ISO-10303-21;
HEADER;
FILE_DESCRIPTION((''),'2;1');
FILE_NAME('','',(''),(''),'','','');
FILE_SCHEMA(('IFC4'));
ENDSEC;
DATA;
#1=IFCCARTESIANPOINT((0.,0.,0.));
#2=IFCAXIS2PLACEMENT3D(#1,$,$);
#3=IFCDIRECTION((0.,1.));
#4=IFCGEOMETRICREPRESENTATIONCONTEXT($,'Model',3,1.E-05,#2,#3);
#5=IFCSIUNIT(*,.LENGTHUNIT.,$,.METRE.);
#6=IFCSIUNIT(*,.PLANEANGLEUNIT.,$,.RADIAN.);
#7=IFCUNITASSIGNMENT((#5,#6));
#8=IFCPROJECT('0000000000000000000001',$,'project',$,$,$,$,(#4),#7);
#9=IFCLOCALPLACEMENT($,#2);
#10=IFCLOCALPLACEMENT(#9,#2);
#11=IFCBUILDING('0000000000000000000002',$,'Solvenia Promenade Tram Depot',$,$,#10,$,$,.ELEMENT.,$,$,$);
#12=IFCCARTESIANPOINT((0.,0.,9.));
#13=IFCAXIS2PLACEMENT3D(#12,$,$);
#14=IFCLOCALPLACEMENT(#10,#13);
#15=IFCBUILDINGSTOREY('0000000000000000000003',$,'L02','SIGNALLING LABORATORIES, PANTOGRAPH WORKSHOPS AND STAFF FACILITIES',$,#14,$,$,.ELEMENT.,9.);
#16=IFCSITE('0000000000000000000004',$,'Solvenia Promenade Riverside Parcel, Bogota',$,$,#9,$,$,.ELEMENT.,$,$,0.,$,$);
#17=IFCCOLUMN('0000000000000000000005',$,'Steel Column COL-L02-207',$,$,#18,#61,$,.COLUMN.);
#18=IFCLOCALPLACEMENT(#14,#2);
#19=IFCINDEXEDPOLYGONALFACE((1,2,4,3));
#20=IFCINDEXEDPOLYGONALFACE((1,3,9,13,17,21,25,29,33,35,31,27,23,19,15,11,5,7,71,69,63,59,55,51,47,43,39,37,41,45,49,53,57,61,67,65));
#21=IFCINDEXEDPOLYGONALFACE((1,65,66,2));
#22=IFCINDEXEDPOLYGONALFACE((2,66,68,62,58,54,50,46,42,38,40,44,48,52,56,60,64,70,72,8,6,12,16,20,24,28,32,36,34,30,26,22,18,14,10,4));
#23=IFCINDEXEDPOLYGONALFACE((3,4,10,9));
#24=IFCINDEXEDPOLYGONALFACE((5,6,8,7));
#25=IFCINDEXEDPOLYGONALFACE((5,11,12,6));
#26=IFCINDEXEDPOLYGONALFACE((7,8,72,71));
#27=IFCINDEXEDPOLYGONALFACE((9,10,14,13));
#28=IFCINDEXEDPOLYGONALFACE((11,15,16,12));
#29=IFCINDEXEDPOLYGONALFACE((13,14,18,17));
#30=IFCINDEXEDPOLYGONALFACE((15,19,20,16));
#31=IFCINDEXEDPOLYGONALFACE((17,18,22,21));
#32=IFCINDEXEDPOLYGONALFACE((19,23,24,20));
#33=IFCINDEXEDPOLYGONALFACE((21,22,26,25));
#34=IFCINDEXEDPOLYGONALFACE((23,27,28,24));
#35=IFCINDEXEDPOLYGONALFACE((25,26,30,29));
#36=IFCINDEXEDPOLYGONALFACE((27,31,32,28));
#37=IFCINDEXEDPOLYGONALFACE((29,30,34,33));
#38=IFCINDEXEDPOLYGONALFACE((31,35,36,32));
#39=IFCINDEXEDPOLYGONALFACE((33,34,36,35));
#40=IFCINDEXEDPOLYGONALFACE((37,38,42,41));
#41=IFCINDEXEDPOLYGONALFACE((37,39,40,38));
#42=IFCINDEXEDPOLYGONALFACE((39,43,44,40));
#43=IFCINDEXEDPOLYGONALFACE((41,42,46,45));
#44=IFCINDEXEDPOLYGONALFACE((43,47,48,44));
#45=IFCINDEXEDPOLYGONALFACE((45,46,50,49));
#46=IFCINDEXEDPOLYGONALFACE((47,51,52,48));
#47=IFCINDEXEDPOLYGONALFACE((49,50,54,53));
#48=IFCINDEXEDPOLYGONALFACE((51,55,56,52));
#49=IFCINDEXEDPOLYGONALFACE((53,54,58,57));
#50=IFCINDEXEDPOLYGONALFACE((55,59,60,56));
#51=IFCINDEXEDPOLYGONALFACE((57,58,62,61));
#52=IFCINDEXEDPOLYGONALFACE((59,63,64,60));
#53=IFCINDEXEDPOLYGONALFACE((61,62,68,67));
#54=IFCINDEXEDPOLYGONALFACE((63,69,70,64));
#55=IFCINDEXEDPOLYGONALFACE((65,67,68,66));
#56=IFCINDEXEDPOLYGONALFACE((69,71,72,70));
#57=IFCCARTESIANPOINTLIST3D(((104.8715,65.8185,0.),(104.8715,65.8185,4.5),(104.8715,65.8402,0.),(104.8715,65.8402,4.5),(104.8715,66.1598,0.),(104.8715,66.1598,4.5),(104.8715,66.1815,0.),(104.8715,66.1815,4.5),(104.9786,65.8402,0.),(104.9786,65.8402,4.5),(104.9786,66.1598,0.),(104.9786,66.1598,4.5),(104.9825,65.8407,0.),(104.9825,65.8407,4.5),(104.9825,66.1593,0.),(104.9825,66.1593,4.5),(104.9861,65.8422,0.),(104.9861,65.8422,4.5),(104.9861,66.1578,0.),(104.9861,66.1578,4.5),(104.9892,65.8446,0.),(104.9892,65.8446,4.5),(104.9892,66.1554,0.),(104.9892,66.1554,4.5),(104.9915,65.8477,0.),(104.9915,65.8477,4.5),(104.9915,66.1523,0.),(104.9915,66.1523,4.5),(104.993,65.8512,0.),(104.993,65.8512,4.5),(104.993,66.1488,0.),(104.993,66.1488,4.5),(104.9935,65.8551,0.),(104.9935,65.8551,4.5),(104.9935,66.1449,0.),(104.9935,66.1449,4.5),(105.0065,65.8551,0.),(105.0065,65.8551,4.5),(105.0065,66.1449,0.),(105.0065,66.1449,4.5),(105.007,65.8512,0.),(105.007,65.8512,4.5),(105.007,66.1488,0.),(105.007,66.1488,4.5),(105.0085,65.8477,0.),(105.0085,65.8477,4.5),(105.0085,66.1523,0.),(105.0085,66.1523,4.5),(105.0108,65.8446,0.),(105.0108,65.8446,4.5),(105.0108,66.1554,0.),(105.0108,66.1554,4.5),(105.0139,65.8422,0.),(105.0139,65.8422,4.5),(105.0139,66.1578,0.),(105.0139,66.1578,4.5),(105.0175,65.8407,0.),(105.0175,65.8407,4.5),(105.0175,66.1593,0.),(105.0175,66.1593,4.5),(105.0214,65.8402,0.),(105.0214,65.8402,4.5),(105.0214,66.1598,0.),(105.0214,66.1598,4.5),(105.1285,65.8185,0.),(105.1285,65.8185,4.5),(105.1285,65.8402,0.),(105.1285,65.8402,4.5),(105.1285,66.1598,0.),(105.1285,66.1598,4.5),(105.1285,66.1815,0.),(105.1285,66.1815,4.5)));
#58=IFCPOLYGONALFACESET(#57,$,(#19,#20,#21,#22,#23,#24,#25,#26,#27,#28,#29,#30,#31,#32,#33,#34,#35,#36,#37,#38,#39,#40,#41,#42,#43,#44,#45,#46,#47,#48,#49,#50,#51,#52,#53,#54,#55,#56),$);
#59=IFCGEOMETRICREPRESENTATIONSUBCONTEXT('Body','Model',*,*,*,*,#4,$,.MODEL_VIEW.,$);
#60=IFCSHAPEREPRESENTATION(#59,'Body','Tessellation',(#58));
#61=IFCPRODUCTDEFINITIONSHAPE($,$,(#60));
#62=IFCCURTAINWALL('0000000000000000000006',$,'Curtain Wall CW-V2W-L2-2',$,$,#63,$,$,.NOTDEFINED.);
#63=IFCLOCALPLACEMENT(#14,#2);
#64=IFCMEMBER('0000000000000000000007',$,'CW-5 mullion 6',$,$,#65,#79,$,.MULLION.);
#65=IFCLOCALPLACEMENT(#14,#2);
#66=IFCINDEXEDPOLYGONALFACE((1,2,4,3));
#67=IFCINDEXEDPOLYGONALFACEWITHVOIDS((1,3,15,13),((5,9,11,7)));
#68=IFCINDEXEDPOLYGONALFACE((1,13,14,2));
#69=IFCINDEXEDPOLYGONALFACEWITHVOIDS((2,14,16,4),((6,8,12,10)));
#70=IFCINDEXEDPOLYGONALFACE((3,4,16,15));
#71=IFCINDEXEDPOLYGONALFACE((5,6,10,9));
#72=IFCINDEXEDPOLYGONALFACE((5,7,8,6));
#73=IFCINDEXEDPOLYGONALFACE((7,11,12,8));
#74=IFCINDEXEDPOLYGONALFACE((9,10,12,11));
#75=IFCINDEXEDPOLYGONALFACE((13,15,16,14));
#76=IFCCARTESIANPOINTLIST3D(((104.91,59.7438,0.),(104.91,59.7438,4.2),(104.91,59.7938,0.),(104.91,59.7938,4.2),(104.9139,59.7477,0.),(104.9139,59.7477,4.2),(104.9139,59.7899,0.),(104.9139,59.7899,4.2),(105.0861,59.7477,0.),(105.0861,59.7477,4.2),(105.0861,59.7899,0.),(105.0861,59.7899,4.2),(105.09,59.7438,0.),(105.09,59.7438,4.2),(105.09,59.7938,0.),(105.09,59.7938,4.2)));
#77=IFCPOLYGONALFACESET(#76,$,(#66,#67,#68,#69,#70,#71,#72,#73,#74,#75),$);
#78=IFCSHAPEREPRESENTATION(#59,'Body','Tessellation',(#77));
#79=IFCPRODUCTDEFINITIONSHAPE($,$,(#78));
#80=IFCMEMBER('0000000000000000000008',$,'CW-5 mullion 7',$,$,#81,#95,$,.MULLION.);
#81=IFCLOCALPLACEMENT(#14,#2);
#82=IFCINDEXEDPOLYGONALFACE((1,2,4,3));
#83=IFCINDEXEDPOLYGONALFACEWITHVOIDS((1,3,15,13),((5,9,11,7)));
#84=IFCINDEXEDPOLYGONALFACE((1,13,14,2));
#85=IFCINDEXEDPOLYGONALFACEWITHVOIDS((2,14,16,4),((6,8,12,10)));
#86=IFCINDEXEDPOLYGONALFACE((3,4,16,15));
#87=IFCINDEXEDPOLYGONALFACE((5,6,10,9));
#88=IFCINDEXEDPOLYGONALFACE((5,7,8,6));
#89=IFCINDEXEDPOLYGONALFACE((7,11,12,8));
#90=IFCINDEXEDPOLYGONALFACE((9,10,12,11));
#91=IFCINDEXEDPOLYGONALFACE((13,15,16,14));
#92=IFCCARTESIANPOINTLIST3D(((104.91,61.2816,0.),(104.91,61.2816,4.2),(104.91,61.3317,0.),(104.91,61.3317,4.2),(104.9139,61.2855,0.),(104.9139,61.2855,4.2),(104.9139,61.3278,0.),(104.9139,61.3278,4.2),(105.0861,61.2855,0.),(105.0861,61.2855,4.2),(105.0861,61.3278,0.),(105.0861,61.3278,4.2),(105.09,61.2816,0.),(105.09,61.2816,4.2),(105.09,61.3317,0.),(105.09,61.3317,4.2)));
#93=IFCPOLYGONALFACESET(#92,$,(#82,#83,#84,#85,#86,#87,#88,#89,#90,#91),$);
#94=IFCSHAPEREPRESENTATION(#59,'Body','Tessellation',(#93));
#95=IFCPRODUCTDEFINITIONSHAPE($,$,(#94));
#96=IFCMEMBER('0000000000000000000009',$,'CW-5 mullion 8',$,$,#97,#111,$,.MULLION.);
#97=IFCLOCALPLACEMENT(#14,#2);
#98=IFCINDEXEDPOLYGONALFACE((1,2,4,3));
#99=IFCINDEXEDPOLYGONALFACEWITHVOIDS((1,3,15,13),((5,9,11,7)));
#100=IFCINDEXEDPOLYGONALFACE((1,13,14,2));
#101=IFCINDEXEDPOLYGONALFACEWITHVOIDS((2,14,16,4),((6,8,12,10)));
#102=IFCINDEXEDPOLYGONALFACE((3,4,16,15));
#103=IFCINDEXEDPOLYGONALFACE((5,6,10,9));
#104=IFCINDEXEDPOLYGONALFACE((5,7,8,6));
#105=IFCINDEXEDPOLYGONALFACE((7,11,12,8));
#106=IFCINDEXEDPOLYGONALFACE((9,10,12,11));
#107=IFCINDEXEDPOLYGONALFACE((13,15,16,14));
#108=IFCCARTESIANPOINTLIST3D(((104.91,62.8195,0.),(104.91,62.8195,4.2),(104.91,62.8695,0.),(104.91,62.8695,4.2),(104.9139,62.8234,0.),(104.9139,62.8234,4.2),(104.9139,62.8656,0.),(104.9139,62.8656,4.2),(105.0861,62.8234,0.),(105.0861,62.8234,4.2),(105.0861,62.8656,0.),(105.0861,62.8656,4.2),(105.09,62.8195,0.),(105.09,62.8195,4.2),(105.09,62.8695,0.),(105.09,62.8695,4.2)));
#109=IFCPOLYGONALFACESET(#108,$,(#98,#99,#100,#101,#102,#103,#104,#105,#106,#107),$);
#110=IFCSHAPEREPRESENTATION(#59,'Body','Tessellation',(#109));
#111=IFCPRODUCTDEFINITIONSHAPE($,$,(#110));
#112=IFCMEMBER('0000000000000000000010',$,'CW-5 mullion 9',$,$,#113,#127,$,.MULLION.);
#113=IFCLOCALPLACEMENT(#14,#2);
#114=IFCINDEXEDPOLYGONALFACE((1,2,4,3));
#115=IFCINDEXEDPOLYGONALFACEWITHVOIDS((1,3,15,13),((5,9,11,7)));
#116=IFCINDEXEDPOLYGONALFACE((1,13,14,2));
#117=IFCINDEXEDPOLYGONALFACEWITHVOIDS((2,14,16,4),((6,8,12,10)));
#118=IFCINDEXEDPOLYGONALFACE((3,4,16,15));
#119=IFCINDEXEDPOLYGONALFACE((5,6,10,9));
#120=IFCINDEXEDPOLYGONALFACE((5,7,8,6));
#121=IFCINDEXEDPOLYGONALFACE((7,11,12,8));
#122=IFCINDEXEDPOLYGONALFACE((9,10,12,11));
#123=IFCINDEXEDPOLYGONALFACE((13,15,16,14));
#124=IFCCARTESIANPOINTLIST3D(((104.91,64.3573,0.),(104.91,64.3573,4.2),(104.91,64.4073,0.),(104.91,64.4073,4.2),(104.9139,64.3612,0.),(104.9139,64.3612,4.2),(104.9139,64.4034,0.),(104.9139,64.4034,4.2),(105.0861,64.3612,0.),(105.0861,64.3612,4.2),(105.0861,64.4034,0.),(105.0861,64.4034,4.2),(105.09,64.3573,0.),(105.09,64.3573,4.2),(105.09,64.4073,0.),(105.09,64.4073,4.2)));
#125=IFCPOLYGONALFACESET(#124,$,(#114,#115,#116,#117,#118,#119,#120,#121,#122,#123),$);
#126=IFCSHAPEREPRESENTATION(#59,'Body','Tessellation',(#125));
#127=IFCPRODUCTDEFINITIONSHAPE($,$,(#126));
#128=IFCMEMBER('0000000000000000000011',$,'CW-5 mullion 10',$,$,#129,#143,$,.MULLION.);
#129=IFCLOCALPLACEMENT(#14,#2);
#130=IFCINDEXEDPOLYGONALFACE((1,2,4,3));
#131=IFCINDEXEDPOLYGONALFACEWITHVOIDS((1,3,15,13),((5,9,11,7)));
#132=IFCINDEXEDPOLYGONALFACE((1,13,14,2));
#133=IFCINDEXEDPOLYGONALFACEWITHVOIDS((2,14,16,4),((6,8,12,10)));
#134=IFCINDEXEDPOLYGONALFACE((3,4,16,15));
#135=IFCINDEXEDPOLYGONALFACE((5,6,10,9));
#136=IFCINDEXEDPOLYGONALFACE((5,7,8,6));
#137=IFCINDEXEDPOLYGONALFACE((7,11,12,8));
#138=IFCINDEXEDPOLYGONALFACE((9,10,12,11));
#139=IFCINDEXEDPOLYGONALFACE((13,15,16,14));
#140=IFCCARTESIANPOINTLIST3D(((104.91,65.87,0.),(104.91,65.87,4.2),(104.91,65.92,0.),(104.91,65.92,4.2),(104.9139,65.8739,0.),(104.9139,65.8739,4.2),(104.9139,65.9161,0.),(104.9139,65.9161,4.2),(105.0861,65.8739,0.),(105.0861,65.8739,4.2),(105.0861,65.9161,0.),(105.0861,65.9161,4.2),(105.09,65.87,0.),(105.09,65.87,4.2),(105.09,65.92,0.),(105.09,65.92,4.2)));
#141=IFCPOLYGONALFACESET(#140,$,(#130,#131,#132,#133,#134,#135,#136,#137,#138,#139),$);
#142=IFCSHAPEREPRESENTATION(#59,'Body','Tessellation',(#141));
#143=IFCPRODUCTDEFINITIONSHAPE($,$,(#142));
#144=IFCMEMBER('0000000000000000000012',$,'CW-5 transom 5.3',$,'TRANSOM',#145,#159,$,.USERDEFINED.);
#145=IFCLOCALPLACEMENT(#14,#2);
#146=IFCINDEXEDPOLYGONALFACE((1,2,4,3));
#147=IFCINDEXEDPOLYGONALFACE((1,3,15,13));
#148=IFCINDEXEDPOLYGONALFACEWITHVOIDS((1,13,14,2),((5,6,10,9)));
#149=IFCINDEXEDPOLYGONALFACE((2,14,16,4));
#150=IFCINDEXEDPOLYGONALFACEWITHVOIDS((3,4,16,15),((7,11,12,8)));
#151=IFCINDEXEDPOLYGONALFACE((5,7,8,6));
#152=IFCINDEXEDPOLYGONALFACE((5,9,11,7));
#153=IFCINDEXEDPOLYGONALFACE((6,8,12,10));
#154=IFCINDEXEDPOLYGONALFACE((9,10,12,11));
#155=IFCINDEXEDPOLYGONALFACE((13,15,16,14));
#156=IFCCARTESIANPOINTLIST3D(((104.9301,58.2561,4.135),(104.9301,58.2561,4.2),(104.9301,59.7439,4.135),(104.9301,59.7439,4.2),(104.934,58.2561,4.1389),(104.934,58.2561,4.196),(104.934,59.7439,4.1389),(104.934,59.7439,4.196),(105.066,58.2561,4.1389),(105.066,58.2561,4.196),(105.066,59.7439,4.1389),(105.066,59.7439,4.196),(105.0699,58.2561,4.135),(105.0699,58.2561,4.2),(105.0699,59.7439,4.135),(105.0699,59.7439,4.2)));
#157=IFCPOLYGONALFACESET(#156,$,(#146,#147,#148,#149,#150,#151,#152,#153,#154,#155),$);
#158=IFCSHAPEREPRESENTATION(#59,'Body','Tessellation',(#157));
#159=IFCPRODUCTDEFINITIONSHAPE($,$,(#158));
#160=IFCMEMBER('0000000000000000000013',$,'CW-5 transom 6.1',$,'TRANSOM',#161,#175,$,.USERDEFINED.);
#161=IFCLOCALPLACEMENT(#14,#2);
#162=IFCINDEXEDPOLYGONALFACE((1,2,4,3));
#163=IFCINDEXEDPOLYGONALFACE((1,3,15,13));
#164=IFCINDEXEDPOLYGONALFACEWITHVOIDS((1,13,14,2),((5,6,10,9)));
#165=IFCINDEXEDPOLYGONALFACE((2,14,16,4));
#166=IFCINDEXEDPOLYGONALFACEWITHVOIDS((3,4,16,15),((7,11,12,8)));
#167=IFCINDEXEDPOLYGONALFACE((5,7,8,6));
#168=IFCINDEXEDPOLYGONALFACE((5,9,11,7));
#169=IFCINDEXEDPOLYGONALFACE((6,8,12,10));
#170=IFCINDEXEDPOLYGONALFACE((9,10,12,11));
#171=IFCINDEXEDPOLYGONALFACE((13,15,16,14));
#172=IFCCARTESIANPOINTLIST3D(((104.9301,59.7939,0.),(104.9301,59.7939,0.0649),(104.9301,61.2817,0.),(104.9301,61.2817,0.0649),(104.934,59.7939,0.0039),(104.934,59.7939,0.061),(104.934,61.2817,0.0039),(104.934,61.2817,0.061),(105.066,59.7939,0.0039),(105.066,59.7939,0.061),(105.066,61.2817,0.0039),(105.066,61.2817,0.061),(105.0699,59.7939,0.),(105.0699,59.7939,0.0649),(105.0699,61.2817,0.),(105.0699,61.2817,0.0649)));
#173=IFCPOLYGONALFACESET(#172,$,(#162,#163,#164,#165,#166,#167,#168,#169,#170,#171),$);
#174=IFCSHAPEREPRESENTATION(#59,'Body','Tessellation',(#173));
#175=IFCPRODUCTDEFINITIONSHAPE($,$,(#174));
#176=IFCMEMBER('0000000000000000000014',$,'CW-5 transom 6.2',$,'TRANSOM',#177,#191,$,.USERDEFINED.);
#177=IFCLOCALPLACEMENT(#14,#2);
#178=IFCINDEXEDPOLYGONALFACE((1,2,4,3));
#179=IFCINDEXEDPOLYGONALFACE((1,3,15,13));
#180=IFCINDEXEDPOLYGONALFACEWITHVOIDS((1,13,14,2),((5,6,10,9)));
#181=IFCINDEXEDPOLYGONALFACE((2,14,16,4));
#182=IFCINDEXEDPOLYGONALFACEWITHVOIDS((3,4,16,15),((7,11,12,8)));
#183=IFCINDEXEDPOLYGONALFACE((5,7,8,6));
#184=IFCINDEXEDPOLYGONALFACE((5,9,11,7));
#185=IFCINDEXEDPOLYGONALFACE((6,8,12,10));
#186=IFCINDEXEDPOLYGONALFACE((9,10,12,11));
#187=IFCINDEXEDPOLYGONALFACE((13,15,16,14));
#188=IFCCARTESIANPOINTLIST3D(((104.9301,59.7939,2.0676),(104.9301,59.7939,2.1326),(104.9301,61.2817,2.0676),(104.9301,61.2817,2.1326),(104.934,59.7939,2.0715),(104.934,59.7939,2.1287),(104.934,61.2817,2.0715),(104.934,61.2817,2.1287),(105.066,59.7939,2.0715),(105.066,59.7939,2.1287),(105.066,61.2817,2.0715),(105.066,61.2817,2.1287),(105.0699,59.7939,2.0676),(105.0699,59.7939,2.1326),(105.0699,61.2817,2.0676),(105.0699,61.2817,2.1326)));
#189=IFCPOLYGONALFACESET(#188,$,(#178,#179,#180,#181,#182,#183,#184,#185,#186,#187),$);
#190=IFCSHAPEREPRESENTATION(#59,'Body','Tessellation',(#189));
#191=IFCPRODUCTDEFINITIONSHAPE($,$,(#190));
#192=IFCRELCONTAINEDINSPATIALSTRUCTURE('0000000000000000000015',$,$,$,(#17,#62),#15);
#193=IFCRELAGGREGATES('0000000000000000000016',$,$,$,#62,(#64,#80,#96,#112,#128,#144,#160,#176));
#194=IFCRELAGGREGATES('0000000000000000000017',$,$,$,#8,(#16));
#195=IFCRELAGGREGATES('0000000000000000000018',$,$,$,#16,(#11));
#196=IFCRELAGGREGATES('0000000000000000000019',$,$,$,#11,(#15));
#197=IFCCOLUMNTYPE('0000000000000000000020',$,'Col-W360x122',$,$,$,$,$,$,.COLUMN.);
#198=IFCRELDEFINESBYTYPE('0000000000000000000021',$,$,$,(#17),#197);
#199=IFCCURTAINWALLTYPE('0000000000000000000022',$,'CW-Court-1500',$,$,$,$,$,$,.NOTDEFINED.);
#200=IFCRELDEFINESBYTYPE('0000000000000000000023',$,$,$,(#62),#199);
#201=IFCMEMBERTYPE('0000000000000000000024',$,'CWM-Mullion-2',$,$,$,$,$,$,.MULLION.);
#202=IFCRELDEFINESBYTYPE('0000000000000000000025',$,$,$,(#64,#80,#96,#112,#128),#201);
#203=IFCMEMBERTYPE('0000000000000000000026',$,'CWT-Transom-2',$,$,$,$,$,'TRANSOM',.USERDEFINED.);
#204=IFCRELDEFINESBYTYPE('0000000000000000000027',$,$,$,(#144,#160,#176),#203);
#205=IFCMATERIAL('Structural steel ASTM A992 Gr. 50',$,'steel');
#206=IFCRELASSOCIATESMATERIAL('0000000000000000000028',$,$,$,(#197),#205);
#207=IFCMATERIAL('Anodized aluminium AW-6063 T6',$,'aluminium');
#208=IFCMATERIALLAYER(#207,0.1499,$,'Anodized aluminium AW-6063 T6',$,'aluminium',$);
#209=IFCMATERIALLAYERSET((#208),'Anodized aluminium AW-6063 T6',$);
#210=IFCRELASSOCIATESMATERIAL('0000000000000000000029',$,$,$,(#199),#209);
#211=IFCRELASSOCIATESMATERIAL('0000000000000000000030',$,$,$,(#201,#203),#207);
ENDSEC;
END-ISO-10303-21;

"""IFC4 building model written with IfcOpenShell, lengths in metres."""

from ifc_helpers import new_model, si_unit, direction, frame, origin, origin_2d, place, context, subcontext, project, spatial, hollow_rectangle, i_section, extrude, material, layer, layer_set, material_profile, profile_set, type_object, element, aggregate, save


model = new_model("IFC4")

# Units and contexts
model_context = context("Model", 3, precision=1e-05, world=origin(), true_north=direction((0.0, 1.0)))
body_context = subcontext(model_context, "Body", "Model", "MODEL_VIEW")
ifc_project = project(units=[si_unit("LENGTHUNIT", "METRE"), si_unit("PLANEANGLEUNIT", "RADIAN")], contexts=[model_context])

# Site, building, storey
site_placement = place(None, origin())
site = spatial("IfcSite", under=ifc_project, at=site_placement, Name="Solvenia Promenade Riverside Parcel, Bogota", CompositionType="ELEMENT", RefElevation=0.0)
building_placement = place(site_placement, origin())
building = spatial("IfcBuilding", under=site, at=building_placement, Name="Solvenia Promenade Tram Depot", CompositionType="ELEMENT")
storey_placement = place(building_placement, frame((0.0, 0.0, 9.0)))
storey = spatial("IfcBuildingStorey", under=building, at=storey_placement, Name="L02", Description="SIGNALLING LABORATORIES, PANTOGRAPH WORKSHOPS AND STAFF FACILITIES", CompositionType="ELEMENT", Elevation=9.0)

# Column
ifc_material_1 = material(Name="Structural steel ASTM A992 Gr. 50", Category="steel")
ifc_material_profile_1 = material_profile(ifc_material_1, i_section(OverallWidth=0.2571, OverallDepth=0.363, WebThickness=0.0129, FlangeThickness=0.0217, FilletRadius=0.0149, at=origin_2d()), Name="W360x122", Category="steel")
ifc_profile_set_1 = profile_set([ifc_material_profile_1], Name="Structural steel ASTM A992 Gr. 50")
column_type = type_object("IfcColumnType", Name="Col-W360x122", PredefinedType="COLUMN", material=ifc_profile_set_1)
column_placement = place(storey_placement, frame((105.0, 66.0, 0.0), z_axis=(0.0, 0.0, 1.0), x_axis=(1.0, 0.0, 0.0)))
element("IfcColumn", 1, at=column_placement, inside=storey, type_object=column_type, Name="Steel Column COL-L02-207", PredefinedType="COLUMN", context=body_context, shape_type="SweptSolid", body=[
    extrude(i_section(OverallWidth=0.2571, OverallDepth=0.363, WebThickness=0.0129, FlangeThickness=0.0217, FilletRadius=0.0149, at=origin_2d()), origin(), (0.0, 0.0, 1.0), 4.5),
])

# Curtain wall, members
ifc_material_2 = material(Name="Anodized aluminium AW-6063 T6", Category="aluminium")
ifc_layer_1 = layer(ifc_material_2, 0.1499, Name="Anodized aluminium AW-6063 T6", Category="aluminium")
ifc_layer_set_1 = layer_set([ifc_layer_1], Name="Anodized aluminium AW-6063 T6")
curtain_wall_type = type_object("IfcCurtainWallType", Name="CW-Court-1500", PredefinedType="NOTDEFINED", material=ifc_layer_set_1)
curtain_wall_placement = place(storey_placement, origin())
curtain_wall = element("IfcCurtainWall", 2, at=curtain_wall_placement, inside=storey, type_object=curtain_wall_type, Name="Curtain Wall CW-V2W-L2-2", PredefinedType="NOTDEFINED")
ifc_material_profile_2 = material_profile(ifc_material_2, hollow_rectangle(XDim=0.1799, YDim=0.05, WallThickness=0.0039, at=origin_2d()), Name="ALU-M2", Category="aluminium")
ifc_profile_set_2 = profile_set([ifc_material_profile_2], Name="Anodized aluminium AW-6063 T6")
member_type_1 = type_object("IfcMemberType", Name="CWM-Mullion-2", PredefinedType="MULLION", material=ifc_profile_set_2)
member_1_placement = place(storey_placement, frame((105.0, 59.7688, 0.0), z_axis=(0.0, 0.0, 1.0), x_axis=(-1.0, 0.0, 0.0)))
member_1 = element("IfcMember", 3, at=member_1_placement, type_object=member_type_1, Name="CW-5 mullion 6", PredefinedType="MULLION", context=body_context, shape_type="SweptSolid", body=[
    extrude(hollow_rectangle(XDim=0.1799, YDim=0.05, WallThickness=0.0039, at=origin_2d()), origin(), (0.0, 0.0, 1.0), 4.2),
])
member_2_placement = place(storey_placement, frame((105.0, 61.3066, 0.0), z_axis=(0.0, 0.0, 1.0), x_axis=(-1.0, 0.0, 0.0)))
member_2 = element("IfcMember", 4, at=member_2_placement, type_object=member_type_1, Name="CW-5 mullion 7", PredefinedType="MULLION", context=body_context, shape_type="SweptSolid", body=[
    extrude(hollow_rectangle(XDim=0.1799, YDim=0.05, WallThickness=0.0039, at=origin_2d()), origin(), (0.0, 0.0, 1.0), 4.2),
])
member_3_placement = place(storey_placement, frame((105.0, 62.8445, 0.0), z_axis=(0.0, 0.0, 1.0), x_axis=(-1.0, 0.0, 0.0)))
member_3 = element("IfcMember", 5, at=member_3_placement, type_object=member_type_1, Name="CW-5 mullion 8", PredefinedType="MULLION", context=body_context, shape_type="SweptSolid", body=[
    extrude(hollow_rectangle(XDim=0.1799, YDim=0.05, WallThickness=0.0039, at=origin_2d()), origin(), (0.0, 0.0, 1.0), 4.2),
])
member_4_placement = place(storey_placement, frame((105.0, 64.3823, 0.0), z_axis=(0.0, 0.0, 1.0), x_axis=(-1.0, 0.0, 0.0)))
member_4 = element("IfcMember", 6, at=member_4_placement, type_object=member_type_1, Name="CW-5 mullion 9", PredefinedType="MULLION", context=body_context, shape_type="SweptSolid", body=[
    extrude(hollow_rectangle(XDim=0.1799, YDim=0.05, WallThickness=0.0039, at=origin_2d()), origin(), (0.0, 0.0, 1.0), 4.2),
])
member_5_placement = place(storey_placement, frame((105.0, 65.895, 0.0), z_axis=(0.0, 0.0, 1.0), x_axis=(-1.0, 0.0, 0.0)))
member_5 = element("IfcMember", 7, at=member_5_placement, type_object=member_type_1, Name="CW-5 mullion 10", PredefinedType="MULLION", context=body_context, shape_type="SweptSolid", body=[
    extrude(hollow_rectangle(XDim=0.1799, YDim=0.05, WallThickness=0.0039, at=origin_2d()), origin(), (0.0, 0.0, 1.0), 4.2),
])
ifc_material_profile_3 = material_profile(ifc_material_2, hollow_rectangle(XDim=0.1399, YDim=0.0649, WallThickness=0.0039, at=origin_2d()), Name="ALU-T2", Category="aluminium")
ifc_profile_set_3 = profile_set([ifc_material_profile_3], Name="Anodized aluminium AW-6063 T6")
member_type_2 = type_object("IfcMemberType", Name="CWT-Transom-2", ElementType="TRANSOM", PredefinedType="USERDEFINED", material=ifc_profile_set_3)
member_6_placement = place(storey_placement, frame((105.0, 58.2561, 4.1675), z_axis=(0.0, 1.0, 0.0), x_axis=(-1.0, 0.0, 0.0)))
member_6 = element("IfcMember", 8, at=member_6_placement, type_object=member_type_2, Name="CW-5 transom 5.3", ObjectType="TRANSOM", PredefinedType="USERDEFINED", context=body_context, shape_type="SweptSolid", body=[
    extrude(hollow_rectangle(XDim=0.1399, YDim=0.0649, WallThickness=0.0039, at=origin_2d()), origin(), (0.0, 0.0, 1.0), 1.4878),
])
member_7_placement = place(storey_placement, frame((105.0, 59.7939, 0.0325), z_axis=(0.0, 1.0, 0.0), x_axis=(-1.0, 0.0, 0.0)))
member_7 = element("IfcMember", 9, at=member_7_placement, type_object=member_type_2, Name="CW-5 transom 6.1", ObjectType="TRANSOM", PredefinedType="USERDEFINED", context=body_context, shape_type="SweptSolid", body=[
    extrude(hollow_rectangle(XDim=0.1399, YDim=0.0649, WallThickness=0.0039, at=origin_2d()), origin(), (0.0, 0.0, 1.0), 1.4878),
])
member_8_placement = place(storey_placement, frame((105.0, 59.7939, 2.1001), z_axis=(0.0, 1.0, 0.0), x_axis=(-1.0, 0.0, 0.0)))
member_8 = element("IfcMember", 10, at=member_8_placement, type_object=member_type_2, Name="CW-5 transom 6.2", ObjectType="TRANSOM", PredefinedType="USERDEFINED", context=body_context, shape_type="SweptSolid", body=[
    extrude(hollow_rectangle(XDim=0.1399, YDim=0.0649, WallThickness=0.0039, at=origin_2d()), origin(), (0.0, 0.0, 1.0), 1.4878),
])

aggregate(curtain_wall, [member_1, member_2, member_3, member_4, member_5, member_6, member_7, member_8])

save(model, "model.ifc")
